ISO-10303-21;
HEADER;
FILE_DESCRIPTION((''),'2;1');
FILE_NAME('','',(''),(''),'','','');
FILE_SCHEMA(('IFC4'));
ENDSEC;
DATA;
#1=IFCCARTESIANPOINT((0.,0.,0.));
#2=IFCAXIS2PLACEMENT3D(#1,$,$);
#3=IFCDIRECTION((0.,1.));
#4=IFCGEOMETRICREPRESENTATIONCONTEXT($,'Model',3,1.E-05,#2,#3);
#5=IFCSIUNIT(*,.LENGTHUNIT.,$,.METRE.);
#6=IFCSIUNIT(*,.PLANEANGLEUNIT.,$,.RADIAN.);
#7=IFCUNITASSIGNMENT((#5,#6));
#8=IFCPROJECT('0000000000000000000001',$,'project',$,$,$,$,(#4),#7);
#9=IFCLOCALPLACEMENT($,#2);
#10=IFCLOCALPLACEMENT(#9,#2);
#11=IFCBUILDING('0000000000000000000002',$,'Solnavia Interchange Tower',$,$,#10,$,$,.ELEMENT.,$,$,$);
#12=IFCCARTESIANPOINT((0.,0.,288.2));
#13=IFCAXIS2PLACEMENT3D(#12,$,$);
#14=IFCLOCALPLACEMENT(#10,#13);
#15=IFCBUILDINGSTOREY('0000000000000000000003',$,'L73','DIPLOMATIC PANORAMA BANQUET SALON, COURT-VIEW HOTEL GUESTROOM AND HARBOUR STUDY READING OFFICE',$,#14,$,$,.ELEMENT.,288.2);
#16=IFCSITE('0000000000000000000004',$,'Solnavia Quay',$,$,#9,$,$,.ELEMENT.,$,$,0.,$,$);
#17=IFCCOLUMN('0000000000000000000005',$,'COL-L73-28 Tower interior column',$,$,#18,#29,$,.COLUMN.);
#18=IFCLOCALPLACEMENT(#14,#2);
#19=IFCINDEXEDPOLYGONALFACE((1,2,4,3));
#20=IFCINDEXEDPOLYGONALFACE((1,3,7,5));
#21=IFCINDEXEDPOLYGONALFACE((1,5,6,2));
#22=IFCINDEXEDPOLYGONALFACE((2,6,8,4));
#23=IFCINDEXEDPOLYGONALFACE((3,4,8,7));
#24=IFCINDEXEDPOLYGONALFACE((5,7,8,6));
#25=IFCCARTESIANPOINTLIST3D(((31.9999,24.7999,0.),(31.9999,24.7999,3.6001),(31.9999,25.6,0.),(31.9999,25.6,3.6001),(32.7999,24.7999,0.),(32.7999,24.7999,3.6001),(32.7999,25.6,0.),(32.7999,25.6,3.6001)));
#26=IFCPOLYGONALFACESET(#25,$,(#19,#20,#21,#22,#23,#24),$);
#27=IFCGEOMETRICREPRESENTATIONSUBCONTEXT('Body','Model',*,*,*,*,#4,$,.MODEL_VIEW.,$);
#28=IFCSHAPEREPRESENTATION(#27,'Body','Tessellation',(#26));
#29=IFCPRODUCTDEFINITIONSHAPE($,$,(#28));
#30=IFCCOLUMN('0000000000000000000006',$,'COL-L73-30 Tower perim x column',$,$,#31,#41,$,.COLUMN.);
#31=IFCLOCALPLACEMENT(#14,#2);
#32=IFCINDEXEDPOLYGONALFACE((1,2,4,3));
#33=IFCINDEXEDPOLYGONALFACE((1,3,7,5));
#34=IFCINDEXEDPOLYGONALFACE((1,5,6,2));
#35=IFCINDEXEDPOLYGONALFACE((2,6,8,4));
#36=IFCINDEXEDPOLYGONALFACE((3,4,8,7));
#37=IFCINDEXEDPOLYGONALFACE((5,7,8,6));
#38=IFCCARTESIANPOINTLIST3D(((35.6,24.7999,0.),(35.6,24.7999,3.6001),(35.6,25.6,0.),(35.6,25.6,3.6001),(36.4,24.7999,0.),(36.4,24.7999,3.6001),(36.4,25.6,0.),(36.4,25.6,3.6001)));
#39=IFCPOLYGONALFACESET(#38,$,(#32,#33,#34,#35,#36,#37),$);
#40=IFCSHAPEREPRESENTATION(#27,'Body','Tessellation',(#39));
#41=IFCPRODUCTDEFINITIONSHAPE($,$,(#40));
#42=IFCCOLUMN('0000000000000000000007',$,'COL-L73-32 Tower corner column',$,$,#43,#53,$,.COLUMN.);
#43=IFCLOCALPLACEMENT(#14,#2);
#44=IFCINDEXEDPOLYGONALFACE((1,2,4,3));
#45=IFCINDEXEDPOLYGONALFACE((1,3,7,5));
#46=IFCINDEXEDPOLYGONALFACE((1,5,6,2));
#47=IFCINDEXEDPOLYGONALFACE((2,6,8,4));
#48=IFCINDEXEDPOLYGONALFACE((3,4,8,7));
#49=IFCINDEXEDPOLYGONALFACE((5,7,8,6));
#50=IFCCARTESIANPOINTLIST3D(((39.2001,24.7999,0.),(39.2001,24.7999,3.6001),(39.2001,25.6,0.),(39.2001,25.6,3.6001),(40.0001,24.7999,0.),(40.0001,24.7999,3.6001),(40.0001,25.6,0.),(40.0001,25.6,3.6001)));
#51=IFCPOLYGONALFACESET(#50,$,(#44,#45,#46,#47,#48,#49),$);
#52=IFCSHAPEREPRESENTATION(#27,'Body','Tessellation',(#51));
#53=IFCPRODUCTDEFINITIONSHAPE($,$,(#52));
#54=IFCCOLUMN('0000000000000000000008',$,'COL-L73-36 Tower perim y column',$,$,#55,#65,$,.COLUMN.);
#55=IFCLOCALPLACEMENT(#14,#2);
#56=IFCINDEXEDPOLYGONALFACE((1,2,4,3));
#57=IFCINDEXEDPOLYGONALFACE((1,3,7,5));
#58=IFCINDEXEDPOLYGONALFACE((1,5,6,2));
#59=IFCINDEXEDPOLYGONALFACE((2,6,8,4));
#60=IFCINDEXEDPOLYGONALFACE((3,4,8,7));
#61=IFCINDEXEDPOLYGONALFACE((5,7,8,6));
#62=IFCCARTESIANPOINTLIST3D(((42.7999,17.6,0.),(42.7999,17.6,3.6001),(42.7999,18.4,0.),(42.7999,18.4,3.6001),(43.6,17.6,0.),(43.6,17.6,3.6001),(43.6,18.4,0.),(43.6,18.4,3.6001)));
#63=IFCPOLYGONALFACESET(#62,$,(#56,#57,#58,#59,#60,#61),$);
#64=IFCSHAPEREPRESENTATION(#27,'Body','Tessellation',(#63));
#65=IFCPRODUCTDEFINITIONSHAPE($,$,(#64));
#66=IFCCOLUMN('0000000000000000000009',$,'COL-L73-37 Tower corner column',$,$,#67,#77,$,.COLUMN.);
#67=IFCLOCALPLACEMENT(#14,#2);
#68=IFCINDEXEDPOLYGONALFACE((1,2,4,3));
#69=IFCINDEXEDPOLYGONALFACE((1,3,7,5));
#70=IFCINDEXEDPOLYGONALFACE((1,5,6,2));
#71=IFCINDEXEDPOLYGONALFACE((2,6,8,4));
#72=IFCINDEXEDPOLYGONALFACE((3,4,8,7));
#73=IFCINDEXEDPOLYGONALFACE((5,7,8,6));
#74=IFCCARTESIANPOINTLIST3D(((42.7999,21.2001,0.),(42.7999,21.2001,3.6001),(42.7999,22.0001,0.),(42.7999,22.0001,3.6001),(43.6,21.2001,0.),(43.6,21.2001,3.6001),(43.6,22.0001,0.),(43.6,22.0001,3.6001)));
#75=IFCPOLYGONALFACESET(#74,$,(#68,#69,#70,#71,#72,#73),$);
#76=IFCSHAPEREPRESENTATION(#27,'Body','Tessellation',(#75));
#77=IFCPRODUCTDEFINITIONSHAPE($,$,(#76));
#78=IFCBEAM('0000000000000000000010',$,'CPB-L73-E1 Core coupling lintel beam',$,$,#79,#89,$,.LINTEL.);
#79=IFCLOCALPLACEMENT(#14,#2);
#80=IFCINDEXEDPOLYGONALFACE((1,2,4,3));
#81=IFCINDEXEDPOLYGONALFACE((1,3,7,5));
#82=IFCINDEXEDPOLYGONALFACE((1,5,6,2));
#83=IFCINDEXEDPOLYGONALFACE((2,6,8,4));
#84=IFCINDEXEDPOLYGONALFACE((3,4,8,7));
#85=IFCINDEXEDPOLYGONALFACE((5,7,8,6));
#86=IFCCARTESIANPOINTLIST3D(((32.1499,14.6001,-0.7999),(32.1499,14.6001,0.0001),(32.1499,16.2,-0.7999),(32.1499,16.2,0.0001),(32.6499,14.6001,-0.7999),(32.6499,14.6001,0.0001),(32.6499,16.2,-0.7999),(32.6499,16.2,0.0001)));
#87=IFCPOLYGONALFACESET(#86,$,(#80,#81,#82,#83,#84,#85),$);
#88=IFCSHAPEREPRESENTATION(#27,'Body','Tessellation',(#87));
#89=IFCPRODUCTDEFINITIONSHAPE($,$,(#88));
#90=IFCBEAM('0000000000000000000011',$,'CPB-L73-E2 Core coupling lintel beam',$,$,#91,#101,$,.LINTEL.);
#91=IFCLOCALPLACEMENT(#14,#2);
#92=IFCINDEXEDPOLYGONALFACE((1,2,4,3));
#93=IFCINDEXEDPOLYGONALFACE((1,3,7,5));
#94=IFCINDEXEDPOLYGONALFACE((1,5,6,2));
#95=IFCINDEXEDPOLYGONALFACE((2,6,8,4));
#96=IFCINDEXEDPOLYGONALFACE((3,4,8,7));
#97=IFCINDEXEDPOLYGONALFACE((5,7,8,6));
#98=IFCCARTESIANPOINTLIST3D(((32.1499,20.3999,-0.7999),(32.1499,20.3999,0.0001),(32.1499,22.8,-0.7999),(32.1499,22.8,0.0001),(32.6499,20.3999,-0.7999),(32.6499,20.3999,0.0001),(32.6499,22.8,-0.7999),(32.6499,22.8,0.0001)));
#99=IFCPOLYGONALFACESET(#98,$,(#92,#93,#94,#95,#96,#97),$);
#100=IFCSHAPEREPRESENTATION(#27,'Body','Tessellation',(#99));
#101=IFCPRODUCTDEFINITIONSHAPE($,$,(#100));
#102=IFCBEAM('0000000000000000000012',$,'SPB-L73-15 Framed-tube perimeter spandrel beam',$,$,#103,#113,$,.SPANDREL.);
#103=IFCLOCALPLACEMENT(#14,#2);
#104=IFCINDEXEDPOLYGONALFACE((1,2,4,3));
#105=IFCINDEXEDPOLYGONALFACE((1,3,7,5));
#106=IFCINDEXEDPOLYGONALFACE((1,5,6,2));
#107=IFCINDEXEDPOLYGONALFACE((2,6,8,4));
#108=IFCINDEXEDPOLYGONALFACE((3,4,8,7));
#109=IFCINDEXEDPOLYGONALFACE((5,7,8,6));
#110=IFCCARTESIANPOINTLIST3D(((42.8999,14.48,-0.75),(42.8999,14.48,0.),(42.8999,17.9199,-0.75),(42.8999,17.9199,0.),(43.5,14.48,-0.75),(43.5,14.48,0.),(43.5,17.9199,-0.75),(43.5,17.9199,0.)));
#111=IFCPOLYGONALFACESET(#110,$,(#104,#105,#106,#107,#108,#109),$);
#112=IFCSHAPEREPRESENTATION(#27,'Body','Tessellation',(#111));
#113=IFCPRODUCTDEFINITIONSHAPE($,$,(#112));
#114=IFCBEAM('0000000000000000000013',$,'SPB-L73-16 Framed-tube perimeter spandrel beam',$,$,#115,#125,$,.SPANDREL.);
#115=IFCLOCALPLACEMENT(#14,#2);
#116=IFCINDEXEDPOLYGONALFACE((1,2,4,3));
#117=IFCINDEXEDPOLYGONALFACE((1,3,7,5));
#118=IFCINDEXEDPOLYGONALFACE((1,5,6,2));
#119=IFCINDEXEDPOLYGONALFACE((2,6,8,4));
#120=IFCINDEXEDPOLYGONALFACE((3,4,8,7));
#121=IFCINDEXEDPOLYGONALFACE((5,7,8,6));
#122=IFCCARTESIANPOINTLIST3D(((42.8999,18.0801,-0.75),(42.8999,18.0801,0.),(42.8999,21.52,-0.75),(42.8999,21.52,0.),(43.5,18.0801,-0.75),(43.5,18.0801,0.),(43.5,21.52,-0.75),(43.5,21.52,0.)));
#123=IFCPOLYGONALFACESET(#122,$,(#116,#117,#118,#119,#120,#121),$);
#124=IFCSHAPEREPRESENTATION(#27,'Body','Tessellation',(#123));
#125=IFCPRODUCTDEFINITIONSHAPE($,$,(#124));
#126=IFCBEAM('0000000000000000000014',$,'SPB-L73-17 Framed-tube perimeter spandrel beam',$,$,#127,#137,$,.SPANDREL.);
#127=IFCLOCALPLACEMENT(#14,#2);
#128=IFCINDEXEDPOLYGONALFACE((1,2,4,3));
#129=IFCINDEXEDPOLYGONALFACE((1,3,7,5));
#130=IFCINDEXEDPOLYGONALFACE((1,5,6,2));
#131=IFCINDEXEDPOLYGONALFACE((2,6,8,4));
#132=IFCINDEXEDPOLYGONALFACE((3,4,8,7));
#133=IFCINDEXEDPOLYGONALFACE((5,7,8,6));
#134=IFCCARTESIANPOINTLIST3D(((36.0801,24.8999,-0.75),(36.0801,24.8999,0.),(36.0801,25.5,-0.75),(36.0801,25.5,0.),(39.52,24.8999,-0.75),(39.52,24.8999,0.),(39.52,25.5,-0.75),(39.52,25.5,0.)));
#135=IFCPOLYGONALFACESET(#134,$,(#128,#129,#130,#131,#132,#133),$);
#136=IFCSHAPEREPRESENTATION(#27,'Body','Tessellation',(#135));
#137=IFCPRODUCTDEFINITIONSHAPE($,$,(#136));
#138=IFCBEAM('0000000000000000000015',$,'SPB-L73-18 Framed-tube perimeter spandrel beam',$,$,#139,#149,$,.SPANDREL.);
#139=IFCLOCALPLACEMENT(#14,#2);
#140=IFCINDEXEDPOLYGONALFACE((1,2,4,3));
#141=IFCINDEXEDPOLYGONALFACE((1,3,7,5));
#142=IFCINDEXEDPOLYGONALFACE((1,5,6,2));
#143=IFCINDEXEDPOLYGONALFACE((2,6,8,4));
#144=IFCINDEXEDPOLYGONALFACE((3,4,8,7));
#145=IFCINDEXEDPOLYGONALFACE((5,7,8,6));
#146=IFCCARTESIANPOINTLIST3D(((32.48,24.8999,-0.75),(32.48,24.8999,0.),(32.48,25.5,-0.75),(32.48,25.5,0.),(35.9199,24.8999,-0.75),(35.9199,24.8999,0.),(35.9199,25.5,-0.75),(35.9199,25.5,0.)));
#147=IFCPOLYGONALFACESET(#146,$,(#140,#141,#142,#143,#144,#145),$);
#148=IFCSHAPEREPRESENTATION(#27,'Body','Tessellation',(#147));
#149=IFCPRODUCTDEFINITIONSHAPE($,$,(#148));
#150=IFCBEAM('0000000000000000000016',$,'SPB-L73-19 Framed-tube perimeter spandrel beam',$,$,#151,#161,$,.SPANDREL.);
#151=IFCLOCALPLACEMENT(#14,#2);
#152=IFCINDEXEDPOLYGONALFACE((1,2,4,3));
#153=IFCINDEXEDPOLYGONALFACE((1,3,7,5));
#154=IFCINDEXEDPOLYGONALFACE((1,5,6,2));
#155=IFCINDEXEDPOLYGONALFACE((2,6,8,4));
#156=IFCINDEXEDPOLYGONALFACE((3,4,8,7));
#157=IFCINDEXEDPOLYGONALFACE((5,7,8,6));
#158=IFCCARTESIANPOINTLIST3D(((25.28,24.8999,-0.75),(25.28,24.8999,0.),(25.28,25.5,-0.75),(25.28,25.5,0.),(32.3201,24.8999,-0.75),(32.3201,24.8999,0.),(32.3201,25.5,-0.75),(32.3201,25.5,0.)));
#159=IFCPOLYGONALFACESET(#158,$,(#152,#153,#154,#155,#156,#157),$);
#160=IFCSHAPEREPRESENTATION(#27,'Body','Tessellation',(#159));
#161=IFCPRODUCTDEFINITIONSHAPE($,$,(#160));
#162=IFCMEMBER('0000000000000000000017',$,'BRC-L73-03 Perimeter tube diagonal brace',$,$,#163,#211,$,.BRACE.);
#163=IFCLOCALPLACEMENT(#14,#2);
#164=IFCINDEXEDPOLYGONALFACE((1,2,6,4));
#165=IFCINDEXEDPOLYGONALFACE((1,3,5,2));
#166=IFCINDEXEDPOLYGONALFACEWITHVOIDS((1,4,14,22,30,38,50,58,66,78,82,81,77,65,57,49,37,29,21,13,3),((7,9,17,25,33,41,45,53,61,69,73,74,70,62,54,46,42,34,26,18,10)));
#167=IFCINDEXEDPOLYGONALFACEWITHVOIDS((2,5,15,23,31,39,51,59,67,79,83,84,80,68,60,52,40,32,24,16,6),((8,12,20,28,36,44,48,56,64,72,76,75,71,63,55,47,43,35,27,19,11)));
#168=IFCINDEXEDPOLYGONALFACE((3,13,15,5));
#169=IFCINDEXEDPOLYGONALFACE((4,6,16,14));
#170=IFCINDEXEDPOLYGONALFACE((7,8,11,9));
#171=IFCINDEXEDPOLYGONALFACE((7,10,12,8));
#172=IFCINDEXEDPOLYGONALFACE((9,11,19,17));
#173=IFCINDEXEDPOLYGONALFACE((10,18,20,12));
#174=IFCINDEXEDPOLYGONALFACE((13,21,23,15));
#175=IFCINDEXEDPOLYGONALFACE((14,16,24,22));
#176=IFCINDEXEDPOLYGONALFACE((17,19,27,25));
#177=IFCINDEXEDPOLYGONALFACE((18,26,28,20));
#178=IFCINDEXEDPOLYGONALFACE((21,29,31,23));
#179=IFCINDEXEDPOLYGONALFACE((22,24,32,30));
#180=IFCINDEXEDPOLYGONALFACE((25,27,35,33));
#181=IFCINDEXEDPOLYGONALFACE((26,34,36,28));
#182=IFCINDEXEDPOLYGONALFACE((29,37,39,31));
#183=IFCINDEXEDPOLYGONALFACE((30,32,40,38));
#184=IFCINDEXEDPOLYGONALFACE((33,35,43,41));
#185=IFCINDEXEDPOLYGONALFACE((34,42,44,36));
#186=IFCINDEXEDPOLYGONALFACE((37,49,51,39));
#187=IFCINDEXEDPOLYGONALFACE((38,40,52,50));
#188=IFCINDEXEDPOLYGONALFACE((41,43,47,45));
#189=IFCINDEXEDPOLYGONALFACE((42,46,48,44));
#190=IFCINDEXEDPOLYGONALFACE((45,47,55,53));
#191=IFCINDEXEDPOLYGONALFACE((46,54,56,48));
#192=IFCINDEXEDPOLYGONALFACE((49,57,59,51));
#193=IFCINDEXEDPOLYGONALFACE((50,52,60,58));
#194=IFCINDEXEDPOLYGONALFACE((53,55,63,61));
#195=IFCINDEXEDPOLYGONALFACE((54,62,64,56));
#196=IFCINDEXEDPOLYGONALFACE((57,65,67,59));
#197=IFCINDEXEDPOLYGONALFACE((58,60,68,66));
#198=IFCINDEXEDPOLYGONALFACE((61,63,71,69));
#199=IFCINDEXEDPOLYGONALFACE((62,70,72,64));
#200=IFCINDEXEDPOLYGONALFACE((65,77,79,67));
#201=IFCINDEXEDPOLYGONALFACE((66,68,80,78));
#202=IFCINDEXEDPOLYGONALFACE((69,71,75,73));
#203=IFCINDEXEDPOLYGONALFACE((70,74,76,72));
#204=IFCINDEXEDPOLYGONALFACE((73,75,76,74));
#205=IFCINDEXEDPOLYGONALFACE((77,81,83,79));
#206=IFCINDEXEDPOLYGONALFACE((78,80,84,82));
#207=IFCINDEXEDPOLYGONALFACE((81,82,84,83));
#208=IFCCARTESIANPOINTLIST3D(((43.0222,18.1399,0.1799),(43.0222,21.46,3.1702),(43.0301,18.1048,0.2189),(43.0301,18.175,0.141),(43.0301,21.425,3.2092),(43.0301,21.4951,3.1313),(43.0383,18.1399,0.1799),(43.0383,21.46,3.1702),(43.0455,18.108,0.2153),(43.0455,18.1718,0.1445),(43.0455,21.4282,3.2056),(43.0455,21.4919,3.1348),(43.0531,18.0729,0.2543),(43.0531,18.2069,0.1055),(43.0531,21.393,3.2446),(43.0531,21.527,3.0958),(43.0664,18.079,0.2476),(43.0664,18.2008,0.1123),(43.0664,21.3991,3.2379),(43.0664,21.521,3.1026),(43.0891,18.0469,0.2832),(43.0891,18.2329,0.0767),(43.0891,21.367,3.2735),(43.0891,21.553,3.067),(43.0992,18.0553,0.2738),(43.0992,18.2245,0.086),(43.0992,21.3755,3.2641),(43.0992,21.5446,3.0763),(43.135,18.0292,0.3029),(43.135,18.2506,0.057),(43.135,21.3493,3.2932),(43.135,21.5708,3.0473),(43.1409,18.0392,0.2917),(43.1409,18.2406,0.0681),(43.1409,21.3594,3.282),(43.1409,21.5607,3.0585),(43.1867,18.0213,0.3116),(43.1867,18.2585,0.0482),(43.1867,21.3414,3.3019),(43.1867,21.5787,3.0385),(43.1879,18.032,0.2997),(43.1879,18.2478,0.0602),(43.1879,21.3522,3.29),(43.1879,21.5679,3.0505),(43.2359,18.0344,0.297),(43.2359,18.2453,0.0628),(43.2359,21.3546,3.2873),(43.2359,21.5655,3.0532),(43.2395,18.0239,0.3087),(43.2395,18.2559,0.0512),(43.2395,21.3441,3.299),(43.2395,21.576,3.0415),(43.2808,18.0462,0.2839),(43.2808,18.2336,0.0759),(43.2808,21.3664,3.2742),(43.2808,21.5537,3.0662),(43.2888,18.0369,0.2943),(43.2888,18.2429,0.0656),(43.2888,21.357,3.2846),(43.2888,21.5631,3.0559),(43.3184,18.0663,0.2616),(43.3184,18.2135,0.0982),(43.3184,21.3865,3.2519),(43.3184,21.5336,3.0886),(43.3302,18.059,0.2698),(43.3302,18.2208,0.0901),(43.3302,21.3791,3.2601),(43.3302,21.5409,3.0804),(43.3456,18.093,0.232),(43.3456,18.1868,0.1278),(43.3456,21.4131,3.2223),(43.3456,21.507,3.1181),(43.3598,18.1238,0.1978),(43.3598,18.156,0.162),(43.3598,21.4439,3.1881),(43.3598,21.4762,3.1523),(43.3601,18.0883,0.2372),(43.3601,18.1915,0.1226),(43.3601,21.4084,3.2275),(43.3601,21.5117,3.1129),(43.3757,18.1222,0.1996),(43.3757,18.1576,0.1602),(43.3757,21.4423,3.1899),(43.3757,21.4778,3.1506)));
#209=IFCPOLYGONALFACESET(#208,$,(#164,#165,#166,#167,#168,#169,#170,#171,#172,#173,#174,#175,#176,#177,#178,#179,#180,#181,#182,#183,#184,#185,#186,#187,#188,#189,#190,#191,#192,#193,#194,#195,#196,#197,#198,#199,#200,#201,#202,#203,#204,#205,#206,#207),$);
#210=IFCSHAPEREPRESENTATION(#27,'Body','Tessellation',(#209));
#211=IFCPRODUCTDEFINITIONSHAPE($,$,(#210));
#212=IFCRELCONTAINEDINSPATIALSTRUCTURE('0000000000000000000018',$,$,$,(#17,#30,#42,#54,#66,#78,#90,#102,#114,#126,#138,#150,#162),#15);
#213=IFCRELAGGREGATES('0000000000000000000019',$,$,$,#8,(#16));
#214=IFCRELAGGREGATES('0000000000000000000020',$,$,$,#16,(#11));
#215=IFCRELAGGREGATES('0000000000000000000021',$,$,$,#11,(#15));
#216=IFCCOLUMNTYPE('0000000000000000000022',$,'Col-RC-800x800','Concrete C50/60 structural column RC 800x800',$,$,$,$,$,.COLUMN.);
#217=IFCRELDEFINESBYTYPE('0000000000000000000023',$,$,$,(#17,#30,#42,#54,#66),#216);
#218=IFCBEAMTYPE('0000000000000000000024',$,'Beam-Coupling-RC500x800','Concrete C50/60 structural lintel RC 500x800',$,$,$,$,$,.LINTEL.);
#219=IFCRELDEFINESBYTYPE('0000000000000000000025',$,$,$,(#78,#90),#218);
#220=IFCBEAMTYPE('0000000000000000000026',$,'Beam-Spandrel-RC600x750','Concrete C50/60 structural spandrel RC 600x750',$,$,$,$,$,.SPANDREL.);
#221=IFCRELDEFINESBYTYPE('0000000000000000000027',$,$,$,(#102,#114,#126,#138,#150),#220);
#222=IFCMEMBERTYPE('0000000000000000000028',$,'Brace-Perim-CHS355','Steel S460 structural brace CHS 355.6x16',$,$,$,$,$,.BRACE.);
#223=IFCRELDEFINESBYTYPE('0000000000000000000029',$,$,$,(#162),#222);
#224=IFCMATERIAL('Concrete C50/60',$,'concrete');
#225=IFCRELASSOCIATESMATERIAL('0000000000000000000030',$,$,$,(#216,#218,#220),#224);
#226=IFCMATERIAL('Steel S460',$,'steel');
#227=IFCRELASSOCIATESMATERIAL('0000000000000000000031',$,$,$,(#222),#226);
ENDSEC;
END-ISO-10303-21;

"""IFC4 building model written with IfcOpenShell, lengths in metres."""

from ifc_helpers import new_model, si_unit, direction, frame, origin, origin_2d, place, context, subcontext, project, spatial, rectangle, hollow_circle, extrude, material, material_profile, profile_set, type_object, element, save


model = new_model("IFC4")

# Units and contexts
model_context = context("Model", 3, precision=1e-05, world=origin(), true_north=direction((0.0, 1.0)))
body_context = subcontext(model_context, "Body", "Model", "MODEL_VIEW")
ifc_project = project(units=[si_unit("LENGTHUNIT", "METRE"), si_unit("PLANEANGLEUNIT", "RADIAN")], contexts=[model_context])

# Site, building, storey
site_placement = place(None, origin())
site = spatial("IfcSite", under=ifc_project, at=site_placement, Name="Solnavia Quay", CompositionType="ELEMENT", RefElevation=0.0)
building_placement = place(site_placement, origin())
building = spatial("IfcBuilding", under=site, at=building_placement, Name="Solnavia Interchange Tower", CompositionType="ELEMENT")
storey_placement = place(building_placement, frame((0.0, 0.0, 288.2)))
storey = spatial("IfcBuildingStorey", under=building, at=storey_placement, Name="L73", Description="DIPLOMATIC PANORAMA BANQUET SALON, COURT-VIEW HOTEL GUESTROOM AND HARBOUR STUDY READING OFFICE", CompositionType="ELEMENT", Elevation=288.2)

# Columns
ifc_material_1 = material(Name="Concrete C50/60", Category="concrete")
ifc_material_profile_1 = material_profile(ifc_material_1, rectangle(XDim=0.8, YDim=0.8, at=origin_2d()), Name="RC 800x800")
ifc_profile_set_1 = profile_set([ifc_material_profile_1], Name="Concrete C50/60")
column_type = type_object("IfcColumnType", Name="Col-RC-800x800", Description="Concrete C50/60 structural column RC 800x800", PredefinedType="COLUMN", material=ifc_profile_set_1)
for number, where, z_axis, x_axis, name in (
    (1, (32.3999, 25.2, 0.0), (0.0, 0.0, 1.0), (1.0, 0.0, 0.0), "COL-L73-28 Tower interior column"),
    (2, (36.0, 25.2, 0.0), (0.0, 0.0, 1.0), (1.0, 0.0, 0.0), "COL-L73-30 Tower perim x column"),
    (3, (39.6001, 25.2, 0.0), (0.0, 0.0, 1.0), (1.0, 0.0, 0.0), "COL-L73-32 Tower corner column"),
    (4, (43.2, 18.0, 0.0), (0.0, 0.0, 1.0), (0.0, 1.0, 0.0), "COL-L73-36 Tower perim y column"),
    (5, (43.2, 21.6001, 0.0), (0.0, 0.0, 1.0), (0.0, 1.0, 0.0), "COL-L73-37 Tower corner column"),
):
    element("IfcColumn", number, at=place(storey_placement, frame(where, z_axis=z_axis, x_axis=x_axis)), inside=storey, type_object=column_type, Name=name, PredefinedType="COLUMN", context=body_context, shape_type="SweptSolid", body=[
        extrude(rectangle(XDim=0.8, YDim=0.8, at=origin_2d()), origin(), (0.0, 0.0, 1.0), 3.6001),
    ])

# Beams
ifc_material_profile_2 = material_profile(ifc_material_1, rectangle(XDim=0.5, YDim=0.8, at=origin_2d()), Name="RC 500x800")
ifc_profile_set_2 = profile_set([ifc_material_profile_2], Name="Concrete C50/60")
beam_type_1 = type_object("IfcBeamType", Name="Beam-Coupling-RC500x800", Description="Concrete C50/60 structural lintel RC 500x800", PredefinedType="LINTEL", material=ifc_profile_set_2)
beam_1_placement = place(storey_placement, frame((32.3999, 14.6001, -0.3999), z_axis=(0.0, 1.0, 0.0), x_axis=(-1.0, 0.0, 0.0)))
element("IfcBeam", 6, at=beam_1_placement, inside=storey, type_object=beam_type_1, Name="CPB-L73-E1 Core coupling lintel beam", PredefinedType="LINTEL", context=body_context, shape_type="SweptSolid", body=[
    extrude(rectangle(XDim=0.5, YDim=0.8, at=origin_2d()), origin(), (0.0, 0.0, 1.0), 1.5999),
])
beam_2_placement = place(storey_placement, frame((32.3999, 20.3999, -0.3999), z_axis=(0.0, 1.0, 0.0), x_axis=(-1.0, 0.0, 0.0)))
element("IfcBeam", 7, at=beam_2_placement, inside=storey, type_object=beam_type_1, Name="CPB-L73-E2 Core coupling lintel beam", PredefinedType="LINTEL", context=body_context, shape_type="SweptSolid", body=[
    extrude(rectangle(XDim=0.5, YDim=0.8, at=origin_2d()), origin(), (0.0, 0.0, 1.0), 2.4001),
])
ifc_material_profile_3 = material_profile(ifc_material_1, rectangle(XDim=0.6001, YDim=0.75, at=origin_2d()), Name="RC 600x750")
ifc_profile_set_3 = profile_set([ifc_material_profile_3], Name="Concrete C50/60")
beam_type_2 = type_object("IfcBeamType", Name="Beam-Spandrel-RC600x750", Description="Concrete C50/60 structural spandrel RC 600x750", PredefinedType="SPANDREL", material=ifc_profile_set_3)
for number, where, z_axis, x_axis, name in (
    (8, (43.2, 14.48, -0.375), (0.0, 1.0, 0.0), (-1.0, 0.0, 0.0), "SPB-L73-15 Framed-tube perimeter spandrel beam"),
    (9, (43.2, 18.0801, -0.375), (0.0, 1.0, 0.0), (-1.0, 0.0, 0.0), "SPB-L73-16 Framed-tube perimeter spandrel beam"),
    (10, (39.52, 25.2, -0.375), (-1.0, 0.0, 0.0), (0.0, -1.0, 0.0), "SPB-L73-17 Framed-tube perimeter spandrel beam"),
    (11, (35.9199, 25.2, -0.375), (-1.0, 0.0, 0.0), (0.0, -1.0, 0.0), "SPB-L73-18 Framed-tube perimeter spandrel beam"),
):
    element("IfcBeam", number, at=place(storey_placement, frame(where, z_axis=z_axis, x_axis=x_axis)), inside=storey, type_object=beam_type_2, Name=name, PredefinedType="SPANDREL", context=body_context, shape_type="SweptSolid", body=[
        extrude(rectangle(XDim=0.6001, YDim=0.75, at=origin_2d()), origin(), (0.0, 0.0, 1.0), 3.4399),
    ])
beam_3_placement = place(storey_placement, frame((32.3201, 25.2, -0.375), z_axis=(-1.0, 0.0, 0.0), x_axis=(0.0, -1.0, 0.0)))
element("IfcBeam", 12, at=beam_3_placement, inside=storey, type_object=beam_type_2, Name="SPB-L73-19 Framed-tube perimeter spandrel beam", PredefinedType="SPANDREL", context=body_context, shape_type="SweptSolid", body=[
    extrude(rectangle(XDim=0.6001, YDim=0.75, at=origin_2d()), origin(), (0.0, 0.0, 1.0), 7.04),
])

# Member
ifc_material_2 = material(Name="Steel S460", Category="steel")
ifc_material_profile_4 = material_profile(ifc_material_2, hollow_circle(Radius=0.1777, WallThickness=0.0161, at=origin_2d()), Name="CHS 355.6x16")
ifc_profile_set_4 = profile_set([ifc_material_profile_4], Name="Steel S460")
member_type = type_object("IfcMemberType", Name="Brace-Perim-CHS355", Description="Steel S460 structural brace CHS 355.6x16", PredefinedType="BRACE", material=ifc_profile_set_4)
member_placement = place(storey_placement, frame((43.2, 18.1399, 0.1799), z_axis=(0.0, 0.743052, 0.669233), x_axis=(-1.0, 0.0, 0.0)))
element("IfcMember", 13, at=member_placement, inside=storey, type_object=member_type, Name="BRC-L73-03 Perimeter tube diagonal brace", PredefinedType="BRACE", context=body_context, shape_type="SweptSolid", body=[
    extrude(hollow_circle(Radius=0.1777, WallThickness=0.0161, at=origin_2d()), origin(), (0.0, 0.0, 1.0), 4.4683),
])

save(model, "model.ifc")
